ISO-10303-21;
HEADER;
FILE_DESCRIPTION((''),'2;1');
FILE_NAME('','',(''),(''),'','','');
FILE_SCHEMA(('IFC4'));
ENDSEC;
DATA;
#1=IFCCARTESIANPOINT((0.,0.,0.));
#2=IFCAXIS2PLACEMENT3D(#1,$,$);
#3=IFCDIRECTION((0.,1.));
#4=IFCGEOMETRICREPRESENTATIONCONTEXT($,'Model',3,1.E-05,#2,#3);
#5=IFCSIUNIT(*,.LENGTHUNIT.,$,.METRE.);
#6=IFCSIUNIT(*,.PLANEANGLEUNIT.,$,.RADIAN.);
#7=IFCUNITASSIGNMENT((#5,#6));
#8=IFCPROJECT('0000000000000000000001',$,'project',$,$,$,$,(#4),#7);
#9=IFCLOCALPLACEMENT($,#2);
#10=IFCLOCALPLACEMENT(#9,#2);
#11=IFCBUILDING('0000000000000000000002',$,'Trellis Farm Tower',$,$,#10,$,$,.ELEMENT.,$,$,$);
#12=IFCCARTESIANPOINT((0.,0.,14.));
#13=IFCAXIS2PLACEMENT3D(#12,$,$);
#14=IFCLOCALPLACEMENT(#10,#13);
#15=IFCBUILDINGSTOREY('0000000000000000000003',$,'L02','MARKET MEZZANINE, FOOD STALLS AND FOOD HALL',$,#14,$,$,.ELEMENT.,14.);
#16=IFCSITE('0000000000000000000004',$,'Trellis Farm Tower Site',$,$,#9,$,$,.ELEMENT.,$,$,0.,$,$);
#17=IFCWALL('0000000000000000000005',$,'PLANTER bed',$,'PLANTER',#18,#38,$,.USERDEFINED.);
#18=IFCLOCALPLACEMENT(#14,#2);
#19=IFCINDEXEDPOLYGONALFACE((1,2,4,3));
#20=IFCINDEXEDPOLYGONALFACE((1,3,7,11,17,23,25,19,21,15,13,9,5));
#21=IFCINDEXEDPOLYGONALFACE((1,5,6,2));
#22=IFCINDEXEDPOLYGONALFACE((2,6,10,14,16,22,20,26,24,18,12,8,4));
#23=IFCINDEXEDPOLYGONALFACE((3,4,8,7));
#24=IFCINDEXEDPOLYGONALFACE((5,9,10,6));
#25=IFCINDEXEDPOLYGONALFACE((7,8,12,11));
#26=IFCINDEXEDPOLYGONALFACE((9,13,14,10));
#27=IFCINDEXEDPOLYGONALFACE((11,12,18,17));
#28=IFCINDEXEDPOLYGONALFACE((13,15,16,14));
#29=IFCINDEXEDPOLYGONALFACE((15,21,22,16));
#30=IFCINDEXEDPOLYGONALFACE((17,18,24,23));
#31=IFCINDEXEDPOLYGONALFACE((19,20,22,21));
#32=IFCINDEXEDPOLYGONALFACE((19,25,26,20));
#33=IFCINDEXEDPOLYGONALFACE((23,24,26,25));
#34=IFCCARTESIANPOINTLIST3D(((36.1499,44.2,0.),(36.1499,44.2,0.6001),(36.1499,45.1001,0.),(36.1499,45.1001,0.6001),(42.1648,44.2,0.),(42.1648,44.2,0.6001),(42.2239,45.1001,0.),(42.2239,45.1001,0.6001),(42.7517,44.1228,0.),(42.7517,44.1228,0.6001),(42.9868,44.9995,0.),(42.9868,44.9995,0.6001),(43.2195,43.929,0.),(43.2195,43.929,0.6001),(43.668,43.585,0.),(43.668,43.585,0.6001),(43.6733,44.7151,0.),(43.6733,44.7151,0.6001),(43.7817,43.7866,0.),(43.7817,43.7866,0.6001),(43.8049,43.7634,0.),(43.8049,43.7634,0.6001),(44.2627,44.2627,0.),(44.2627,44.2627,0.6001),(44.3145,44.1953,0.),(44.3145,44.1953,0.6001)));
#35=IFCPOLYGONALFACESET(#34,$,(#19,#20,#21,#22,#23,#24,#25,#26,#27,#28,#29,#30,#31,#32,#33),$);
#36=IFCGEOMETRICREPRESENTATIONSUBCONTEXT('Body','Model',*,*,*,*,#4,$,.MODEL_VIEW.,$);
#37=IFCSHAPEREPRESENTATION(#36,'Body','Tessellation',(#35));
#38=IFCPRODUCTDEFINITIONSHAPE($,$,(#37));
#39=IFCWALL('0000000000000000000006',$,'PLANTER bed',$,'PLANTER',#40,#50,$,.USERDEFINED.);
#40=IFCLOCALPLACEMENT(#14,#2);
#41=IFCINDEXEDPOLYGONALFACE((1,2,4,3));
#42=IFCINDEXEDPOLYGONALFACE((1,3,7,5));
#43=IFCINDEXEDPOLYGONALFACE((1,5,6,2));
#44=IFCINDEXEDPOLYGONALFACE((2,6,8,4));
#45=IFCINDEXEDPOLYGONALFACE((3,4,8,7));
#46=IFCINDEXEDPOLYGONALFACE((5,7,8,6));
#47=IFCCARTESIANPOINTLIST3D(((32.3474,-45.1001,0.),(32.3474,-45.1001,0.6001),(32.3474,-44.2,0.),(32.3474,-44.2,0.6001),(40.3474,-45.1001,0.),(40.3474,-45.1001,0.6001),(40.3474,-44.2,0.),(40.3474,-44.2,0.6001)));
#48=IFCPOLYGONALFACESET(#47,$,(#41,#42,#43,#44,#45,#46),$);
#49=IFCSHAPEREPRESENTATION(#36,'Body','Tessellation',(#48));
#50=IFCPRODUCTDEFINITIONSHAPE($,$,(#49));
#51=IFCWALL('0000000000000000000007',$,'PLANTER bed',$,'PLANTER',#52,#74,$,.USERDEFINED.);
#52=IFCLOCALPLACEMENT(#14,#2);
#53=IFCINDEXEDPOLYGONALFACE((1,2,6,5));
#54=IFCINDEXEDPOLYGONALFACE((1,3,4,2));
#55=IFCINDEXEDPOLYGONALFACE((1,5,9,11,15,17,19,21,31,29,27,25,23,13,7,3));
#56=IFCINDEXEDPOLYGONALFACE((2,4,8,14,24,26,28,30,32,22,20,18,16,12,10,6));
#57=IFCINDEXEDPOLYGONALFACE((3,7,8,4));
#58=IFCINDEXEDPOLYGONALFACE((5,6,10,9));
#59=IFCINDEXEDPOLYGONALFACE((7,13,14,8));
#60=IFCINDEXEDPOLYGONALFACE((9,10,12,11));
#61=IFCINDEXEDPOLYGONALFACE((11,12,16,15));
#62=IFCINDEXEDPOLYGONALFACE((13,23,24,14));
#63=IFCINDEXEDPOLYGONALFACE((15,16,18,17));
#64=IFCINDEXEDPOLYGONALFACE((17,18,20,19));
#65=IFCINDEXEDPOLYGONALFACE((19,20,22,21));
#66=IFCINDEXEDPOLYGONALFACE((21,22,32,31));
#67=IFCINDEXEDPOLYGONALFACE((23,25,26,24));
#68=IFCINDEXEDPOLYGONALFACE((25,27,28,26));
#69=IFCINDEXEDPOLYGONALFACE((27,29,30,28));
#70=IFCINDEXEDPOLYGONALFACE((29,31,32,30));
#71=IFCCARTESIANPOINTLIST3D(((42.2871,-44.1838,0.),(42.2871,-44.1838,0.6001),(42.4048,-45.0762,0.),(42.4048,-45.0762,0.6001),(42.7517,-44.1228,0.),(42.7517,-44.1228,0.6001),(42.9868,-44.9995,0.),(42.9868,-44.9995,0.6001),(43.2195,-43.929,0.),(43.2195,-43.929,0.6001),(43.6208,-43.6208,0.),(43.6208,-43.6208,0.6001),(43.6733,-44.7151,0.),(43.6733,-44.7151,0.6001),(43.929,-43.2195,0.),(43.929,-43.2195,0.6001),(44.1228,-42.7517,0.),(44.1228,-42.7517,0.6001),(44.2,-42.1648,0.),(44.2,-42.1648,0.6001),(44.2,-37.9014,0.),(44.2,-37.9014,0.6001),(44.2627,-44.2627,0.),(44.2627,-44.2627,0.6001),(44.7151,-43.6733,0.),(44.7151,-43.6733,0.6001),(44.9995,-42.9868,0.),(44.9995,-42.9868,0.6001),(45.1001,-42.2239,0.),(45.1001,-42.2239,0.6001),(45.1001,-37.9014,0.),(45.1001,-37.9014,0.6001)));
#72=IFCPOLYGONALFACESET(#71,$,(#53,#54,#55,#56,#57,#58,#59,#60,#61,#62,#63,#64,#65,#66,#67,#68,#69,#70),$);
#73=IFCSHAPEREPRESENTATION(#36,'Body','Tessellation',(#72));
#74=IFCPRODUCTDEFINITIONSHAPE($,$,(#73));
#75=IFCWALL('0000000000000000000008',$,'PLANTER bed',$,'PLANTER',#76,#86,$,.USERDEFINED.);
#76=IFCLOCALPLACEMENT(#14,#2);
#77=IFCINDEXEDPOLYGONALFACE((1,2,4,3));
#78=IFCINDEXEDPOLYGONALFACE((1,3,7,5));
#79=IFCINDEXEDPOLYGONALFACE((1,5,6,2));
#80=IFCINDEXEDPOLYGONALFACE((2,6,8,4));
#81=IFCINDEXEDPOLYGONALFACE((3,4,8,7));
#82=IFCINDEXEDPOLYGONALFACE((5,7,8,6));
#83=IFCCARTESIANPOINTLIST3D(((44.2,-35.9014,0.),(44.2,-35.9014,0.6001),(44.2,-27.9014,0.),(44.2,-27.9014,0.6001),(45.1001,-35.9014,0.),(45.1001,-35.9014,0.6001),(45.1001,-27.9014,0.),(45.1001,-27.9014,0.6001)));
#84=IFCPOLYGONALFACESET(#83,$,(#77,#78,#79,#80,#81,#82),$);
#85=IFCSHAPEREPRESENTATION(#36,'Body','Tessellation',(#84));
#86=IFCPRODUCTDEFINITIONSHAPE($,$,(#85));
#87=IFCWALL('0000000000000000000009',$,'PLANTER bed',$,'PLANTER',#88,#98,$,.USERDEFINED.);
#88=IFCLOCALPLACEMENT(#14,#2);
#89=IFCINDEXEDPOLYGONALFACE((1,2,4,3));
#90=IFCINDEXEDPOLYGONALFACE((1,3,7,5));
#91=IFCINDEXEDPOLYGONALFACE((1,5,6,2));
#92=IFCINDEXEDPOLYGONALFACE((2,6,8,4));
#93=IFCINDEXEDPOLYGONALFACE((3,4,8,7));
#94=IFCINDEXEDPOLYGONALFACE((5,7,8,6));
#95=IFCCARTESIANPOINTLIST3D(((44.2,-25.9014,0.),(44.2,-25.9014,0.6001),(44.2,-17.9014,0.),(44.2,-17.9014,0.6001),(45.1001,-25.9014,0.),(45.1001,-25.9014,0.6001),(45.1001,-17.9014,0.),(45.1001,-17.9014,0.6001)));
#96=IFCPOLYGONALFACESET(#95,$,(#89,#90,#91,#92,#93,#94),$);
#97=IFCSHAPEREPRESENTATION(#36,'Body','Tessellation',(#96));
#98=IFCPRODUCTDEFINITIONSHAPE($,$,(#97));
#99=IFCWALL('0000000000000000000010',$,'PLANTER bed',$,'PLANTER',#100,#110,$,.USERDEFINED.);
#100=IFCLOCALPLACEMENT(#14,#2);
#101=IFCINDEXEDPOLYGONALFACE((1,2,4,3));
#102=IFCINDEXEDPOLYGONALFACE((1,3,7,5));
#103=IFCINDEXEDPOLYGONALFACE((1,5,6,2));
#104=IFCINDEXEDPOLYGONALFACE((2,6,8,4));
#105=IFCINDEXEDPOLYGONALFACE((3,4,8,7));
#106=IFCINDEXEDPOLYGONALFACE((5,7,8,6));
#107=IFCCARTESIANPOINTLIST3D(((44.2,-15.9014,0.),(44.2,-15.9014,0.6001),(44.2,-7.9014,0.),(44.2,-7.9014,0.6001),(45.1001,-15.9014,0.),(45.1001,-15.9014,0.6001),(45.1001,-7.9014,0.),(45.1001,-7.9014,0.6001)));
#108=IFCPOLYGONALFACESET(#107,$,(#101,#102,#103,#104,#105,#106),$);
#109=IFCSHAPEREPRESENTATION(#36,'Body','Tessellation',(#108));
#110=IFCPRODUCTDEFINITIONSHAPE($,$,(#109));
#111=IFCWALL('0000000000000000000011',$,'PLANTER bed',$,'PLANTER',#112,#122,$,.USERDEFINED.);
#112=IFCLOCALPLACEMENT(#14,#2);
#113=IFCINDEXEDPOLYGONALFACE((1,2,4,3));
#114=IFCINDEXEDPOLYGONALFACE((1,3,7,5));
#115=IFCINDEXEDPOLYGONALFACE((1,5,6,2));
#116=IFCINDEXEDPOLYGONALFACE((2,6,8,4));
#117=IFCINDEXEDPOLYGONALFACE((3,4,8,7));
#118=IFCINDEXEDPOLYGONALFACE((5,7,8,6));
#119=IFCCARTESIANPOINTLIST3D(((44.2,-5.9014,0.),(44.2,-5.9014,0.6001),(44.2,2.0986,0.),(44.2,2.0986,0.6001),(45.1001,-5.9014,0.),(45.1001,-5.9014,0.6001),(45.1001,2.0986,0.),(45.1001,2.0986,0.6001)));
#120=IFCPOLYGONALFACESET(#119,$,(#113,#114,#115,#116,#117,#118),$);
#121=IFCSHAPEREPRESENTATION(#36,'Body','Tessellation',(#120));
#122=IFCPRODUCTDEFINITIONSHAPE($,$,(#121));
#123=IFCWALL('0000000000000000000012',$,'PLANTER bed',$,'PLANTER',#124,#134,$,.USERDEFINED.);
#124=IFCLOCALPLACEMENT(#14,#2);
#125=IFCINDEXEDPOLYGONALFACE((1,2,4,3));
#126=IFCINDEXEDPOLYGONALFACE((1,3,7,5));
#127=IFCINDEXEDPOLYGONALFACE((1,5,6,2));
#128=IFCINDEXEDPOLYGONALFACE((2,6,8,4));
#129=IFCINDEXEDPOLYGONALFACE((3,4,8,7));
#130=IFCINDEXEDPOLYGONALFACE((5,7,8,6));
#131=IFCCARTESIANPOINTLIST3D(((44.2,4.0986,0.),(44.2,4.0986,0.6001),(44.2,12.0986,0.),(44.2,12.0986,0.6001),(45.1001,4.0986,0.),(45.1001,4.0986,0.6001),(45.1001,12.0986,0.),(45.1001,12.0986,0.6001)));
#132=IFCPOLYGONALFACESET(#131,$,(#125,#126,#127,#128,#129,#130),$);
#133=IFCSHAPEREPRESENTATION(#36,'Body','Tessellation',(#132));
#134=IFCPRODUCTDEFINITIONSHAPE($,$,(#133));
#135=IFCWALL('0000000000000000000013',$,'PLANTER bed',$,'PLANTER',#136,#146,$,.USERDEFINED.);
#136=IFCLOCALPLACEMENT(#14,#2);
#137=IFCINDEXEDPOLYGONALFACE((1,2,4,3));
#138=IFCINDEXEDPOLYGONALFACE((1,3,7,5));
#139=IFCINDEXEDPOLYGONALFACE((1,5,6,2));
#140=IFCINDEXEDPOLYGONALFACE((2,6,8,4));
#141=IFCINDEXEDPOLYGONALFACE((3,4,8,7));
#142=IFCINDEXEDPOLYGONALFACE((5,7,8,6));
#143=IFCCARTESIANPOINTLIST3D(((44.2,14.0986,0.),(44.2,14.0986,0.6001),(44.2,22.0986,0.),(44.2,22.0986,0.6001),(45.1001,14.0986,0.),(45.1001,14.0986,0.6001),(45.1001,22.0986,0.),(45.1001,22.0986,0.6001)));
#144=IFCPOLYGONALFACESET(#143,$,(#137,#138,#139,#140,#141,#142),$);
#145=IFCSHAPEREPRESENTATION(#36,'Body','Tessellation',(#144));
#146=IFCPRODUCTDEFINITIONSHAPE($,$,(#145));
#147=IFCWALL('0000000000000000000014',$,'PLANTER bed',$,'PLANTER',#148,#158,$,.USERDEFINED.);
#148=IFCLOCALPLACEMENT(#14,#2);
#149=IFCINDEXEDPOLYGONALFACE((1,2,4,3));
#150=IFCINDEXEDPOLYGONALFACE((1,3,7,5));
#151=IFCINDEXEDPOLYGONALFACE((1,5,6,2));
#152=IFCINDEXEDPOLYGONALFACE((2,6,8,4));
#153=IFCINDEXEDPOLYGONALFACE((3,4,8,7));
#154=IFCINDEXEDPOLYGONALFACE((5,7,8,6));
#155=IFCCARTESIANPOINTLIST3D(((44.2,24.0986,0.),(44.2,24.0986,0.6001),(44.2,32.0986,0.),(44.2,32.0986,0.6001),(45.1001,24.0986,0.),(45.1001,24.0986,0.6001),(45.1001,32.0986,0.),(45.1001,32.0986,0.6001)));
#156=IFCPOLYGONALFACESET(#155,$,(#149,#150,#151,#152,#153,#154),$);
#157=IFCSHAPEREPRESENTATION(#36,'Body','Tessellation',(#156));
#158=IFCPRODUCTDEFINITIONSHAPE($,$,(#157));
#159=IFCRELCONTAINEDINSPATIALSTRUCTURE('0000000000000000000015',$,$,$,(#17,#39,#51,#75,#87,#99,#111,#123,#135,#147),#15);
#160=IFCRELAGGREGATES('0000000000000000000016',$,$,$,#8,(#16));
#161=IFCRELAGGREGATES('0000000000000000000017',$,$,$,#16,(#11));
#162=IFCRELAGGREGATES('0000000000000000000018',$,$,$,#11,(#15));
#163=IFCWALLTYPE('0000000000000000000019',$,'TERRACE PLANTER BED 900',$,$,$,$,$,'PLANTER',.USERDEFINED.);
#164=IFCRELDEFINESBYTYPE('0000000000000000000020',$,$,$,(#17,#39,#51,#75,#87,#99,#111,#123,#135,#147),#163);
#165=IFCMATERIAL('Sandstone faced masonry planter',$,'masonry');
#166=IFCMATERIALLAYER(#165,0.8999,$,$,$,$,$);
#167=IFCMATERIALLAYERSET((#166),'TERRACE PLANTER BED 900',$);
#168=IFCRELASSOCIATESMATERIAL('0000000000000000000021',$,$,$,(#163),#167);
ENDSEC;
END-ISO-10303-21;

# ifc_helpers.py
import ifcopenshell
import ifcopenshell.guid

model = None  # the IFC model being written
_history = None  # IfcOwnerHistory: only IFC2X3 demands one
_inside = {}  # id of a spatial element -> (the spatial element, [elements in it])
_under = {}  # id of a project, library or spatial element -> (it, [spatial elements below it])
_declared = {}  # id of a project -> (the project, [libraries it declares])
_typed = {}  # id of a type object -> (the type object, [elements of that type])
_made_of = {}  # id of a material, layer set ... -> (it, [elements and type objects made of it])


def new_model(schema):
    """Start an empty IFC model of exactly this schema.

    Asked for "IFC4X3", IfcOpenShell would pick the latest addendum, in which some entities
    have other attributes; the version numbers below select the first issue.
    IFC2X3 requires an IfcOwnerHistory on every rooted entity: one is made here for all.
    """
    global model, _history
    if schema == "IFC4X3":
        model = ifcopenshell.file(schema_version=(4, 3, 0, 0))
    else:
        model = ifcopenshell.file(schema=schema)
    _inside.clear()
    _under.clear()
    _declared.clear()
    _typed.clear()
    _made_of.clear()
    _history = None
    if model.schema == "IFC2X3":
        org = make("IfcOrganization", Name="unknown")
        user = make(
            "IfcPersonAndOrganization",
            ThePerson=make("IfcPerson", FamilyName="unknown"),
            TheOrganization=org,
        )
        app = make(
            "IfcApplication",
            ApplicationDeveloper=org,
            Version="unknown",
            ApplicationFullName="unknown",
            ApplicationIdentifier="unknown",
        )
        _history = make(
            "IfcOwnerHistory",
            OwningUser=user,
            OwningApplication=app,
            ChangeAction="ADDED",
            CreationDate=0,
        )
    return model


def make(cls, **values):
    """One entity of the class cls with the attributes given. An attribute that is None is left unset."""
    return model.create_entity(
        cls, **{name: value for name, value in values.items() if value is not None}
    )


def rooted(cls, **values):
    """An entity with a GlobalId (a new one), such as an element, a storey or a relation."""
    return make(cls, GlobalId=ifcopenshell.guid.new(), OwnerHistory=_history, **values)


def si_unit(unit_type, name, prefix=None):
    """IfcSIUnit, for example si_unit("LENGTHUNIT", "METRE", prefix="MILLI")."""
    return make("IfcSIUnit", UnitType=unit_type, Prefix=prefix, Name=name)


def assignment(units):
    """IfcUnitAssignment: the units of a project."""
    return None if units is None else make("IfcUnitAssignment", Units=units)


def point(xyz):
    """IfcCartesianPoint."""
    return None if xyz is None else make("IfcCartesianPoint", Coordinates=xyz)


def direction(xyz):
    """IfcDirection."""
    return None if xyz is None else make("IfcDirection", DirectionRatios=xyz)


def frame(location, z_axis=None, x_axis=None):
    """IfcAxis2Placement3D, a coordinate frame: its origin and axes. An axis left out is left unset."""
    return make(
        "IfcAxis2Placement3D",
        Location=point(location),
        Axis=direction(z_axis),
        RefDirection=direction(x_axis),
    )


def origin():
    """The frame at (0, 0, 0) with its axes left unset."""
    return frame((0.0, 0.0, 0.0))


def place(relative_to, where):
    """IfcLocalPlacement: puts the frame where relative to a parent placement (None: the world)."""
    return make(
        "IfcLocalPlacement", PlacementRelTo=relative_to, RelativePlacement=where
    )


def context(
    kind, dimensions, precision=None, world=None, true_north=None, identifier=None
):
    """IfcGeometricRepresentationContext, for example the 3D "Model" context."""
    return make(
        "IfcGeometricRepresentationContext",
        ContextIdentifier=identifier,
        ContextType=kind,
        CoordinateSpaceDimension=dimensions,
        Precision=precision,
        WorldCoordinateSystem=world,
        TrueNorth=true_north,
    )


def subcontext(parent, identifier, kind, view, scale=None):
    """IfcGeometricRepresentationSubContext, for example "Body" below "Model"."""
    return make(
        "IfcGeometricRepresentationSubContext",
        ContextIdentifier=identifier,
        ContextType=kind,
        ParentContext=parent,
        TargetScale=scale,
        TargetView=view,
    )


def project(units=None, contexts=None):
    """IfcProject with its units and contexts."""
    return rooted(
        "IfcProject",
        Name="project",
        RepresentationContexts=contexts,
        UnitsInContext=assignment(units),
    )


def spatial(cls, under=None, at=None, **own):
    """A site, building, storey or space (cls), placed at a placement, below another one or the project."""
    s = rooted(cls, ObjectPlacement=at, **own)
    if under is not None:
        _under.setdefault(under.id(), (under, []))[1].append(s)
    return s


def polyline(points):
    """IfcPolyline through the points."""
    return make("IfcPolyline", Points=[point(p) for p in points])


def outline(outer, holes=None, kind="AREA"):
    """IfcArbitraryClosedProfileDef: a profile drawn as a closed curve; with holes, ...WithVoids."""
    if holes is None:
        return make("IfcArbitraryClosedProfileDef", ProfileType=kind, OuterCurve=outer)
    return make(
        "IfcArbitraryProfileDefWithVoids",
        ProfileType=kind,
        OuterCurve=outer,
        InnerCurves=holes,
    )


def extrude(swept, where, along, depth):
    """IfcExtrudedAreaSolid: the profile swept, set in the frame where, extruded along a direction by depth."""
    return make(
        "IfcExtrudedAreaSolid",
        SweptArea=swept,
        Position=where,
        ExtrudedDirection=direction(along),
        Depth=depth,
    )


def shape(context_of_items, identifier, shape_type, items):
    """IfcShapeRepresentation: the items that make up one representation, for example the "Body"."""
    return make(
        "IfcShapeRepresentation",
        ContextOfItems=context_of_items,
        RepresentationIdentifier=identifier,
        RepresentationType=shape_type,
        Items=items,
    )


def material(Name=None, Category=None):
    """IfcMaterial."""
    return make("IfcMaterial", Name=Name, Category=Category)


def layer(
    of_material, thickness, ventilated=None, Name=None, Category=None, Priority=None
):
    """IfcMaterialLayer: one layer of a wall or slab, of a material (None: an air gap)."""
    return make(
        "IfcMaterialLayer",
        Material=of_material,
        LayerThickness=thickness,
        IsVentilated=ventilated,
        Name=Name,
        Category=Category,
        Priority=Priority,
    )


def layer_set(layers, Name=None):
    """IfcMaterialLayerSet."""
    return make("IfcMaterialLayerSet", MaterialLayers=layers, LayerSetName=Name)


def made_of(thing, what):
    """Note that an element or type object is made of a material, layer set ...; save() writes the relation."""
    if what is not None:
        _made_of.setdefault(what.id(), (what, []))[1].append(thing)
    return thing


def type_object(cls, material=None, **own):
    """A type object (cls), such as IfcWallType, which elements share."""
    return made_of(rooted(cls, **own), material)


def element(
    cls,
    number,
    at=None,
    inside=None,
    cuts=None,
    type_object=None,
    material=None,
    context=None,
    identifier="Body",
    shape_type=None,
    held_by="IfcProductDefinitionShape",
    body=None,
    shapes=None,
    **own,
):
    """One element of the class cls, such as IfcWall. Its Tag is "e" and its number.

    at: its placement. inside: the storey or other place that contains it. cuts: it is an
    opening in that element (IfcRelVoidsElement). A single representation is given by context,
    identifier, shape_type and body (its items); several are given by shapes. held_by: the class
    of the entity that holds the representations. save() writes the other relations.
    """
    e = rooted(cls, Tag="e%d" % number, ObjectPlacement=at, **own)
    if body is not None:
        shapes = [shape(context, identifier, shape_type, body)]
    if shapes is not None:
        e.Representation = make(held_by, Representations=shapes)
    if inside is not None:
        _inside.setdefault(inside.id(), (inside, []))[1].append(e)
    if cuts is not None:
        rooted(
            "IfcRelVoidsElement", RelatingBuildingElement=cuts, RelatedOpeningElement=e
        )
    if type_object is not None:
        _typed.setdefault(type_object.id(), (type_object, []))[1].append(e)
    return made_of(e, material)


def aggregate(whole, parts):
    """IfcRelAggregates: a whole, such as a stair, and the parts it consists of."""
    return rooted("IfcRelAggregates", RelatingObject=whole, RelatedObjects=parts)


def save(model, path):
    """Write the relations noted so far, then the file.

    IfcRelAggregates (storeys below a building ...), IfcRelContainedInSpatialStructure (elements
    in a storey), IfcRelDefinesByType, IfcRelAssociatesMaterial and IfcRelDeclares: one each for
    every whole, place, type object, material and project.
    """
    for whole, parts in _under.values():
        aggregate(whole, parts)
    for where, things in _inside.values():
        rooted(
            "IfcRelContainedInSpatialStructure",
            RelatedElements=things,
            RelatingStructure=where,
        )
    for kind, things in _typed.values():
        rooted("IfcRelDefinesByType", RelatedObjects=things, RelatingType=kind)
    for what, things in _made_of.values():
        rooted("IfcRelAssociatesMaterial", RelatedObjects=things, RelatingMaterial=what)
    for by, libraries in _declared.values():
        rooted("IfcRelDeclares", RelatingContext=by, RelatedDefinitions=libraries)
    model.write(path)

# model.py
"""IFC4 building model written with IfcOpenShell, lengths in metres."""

from ifc_helpers import new_model, si_unit, direction, frame, origin, place, context, subcontext, project, spatial, polyline, outline, extrude, material, layer, layer_set, type_object, element, save


model = new_model("IFC4")

# Units and contexts
model_context = context("Model", 3, precision=1e-05, world=origin(), true_north=direction((0.0, 1.0)))
body_context = subcontext(model_context, "Body", "Model", "MODEL_VIEW")
ifc_project = project(units=[si_unit("LENGTHUNIT", "METRE"), si_unit("PLANEANGLEUNIT", "RADIAN")], contexts=[model_context])

# Site, building, storey
site_placement = place(None, origin())
site = spatial("IfcSite", under=ifc_project, at=site_placement, Name="Trellis Farm Tower Site", CompositionType="ELEMENT", RefElevation=0.0)
building_placement = place(site_placement, origin())
building = spatial("IfcBuilding", under=site, at=building_placement, Name="Trellis Farm Tower", CompositionType="ELEMENT")
storey_placement = place(building_placement, frame((0.0, 0.0, 14.0)))
storey = spatial("IfcBuildingStorey", under=building, at=storey_placement, Name="L02", Description="MARKET MEZZANINE, FOOD STALLS AND FOOD HALL", CompositionType="ELEMENT", Elevation=14.0)

# Walls
ifc_material = material(Name="Sandstone faced masonry planter", Category="masonry")
ifc_layer = layer(ifc_material, 0.8999)
ifc_layer_set = layer_set([ifc_layer], Name="TERRACE PLANTER BED 900")
wall_type = type_object("IfcWallType", Name="TERRACE PLANTER BED 900", ElementType="PLANTER", PredefinedType="USERDEFINED", material=ifc_layer_set)
placement = place(storey_placement, origin())
element("IfcWall", 1, at=placement, inside=storey, type_object=wall_type, Name="PLANTER bed", ObjectType="PLANTER", PredefinedType="USERDEFINED", context=body_context, shape_type="SweptSolid", body=[
    extrude(outline(polyline([(42.9868, 44.9995), (43.6733, 44.7151), (44.2627, 44.2627), (44.3145, 44.1953), (43.7817, 43.7866), (43.8049, 43.7634), (43.668, 43.585), (43.2195, 43.929), (42.7517, 44.1228), (42.1648, 44.2), (36.1499, 44.2), (36.1499, 45.1001), (42.2239, 45.1001), (42.9868, 44.9995)])), origin(), (0.0, 0.0, 1.0), 0.6001),
])
element("IfcWall", 2, at=placement, inside=storey, type_object=wall_type, Name="PLANTER bed", ObjectType="PLANTER", PredefinedType="USERDEFINED", context=body_context, shape_type="SweptSolid", body=[
    extrude(outline(polyline([(32.3474, -44.2), (40.3474, -44.2), (40.3474, -45.1001), (32.3474, -45.1001), (32.3474, -44.2)])), origin(), (0.0, 0.0, 1.0), 0.6001),
])
element("IfcWall", 3, at=placement, inside=storey, type_object=wall_type, Name="PLANTER bed", ObjectType="PLANTER", PredefinedType="USERDEFINED", context=body_context, shape_type="SweptSolid", body=[
    extrude(outline(polyline([(44.9995, -42.9868), (44.7151, -43.6733), (44.2627, -44.2627), (43.6733, -44.7151), (42.9868, -44.9995), (42.4048, -45.0762), (42.2871, -44.1838), (42.7517, -44.1228), (43.2195, -43.929), (43.6208, -43.6208), (43.929, -43.2195), (44.1228, -42.7517), (44.2, -42.1648), (44.2, -37.9014), (45.1001, -37.9014), (45.1001, -42.2239), (44.9995, -42.9868)])), origin(), (0.0, 0.0, 1.0), 0.6001),
])
element("IfcWall", 4, at=placement, inside=storey, type_object=wall_type, Name="PLANTER bed", ObjectType="PLANTER", PredefinedType="USERDEFINED", context=body_context, shape_type="SweptSolid", body=[
    extrude(outline(polyline([(44.2, -35.9014), (44.2, -27.9014), (45.1001, -27.9014), (45.1001, -35.9014), (44.2, -35.9014)])), origin(), (0.0, 0.0, 1.0), 0.6001),
])
element("IfcWall", 5, at=placement, inside=storey, type_object=wall_type, Name="PLANTER bed", ObjectType="PLANTER", PredefinedType="USERDEFINED", context=body_context, shape_type="SweptSolid", body=[
    extrude(outline(polyline([(44.2, -25.9014), (44.2, -17.9014), (45.1001, -17.9014), (45.1001, -25.9014), (44.2, -25.9014)])), origin(), (0.0, 0.0, 1.0), 0.6001),
])
element("IfcWall", 6, at=placement, inside=storey, type_object=wall_type, Name="PLANTER bed", ObjectType="PLANTER", PredefinedType="USERDEFINED", context=body_context, shape_type="SweptSolid", body=[
    extrude(outline(polyline([(44.2, -15.9014), (44.2, -7.9014), (45.1001, -7.9014), (45.1001, -15.9014), (44.2, -15.9014)])), origin(), (0.0, 0.0, 1.0), 0.6001),
])
element("IfcWall", 7, at=placement, inside=storey, type_object=wall_type, Name="PLANTER bed", ObjectType="PLANTER", PredefinedType="USERDEFINED", context=body_context, shape_type="SweptSolid", body=[
    extrude(outline(polyline([(44.2, -5.9014), (44.2, 2.0986), (45.1001, 2.0986), (45.1001, -5.9014), (44.2, -5.9014)])), origin(), (0.0, 0.0, 1.0), 0.6001),
])
element("IfcWall", 8, at=placement, inside=storey, type_object=wall_type, Name="PLANTER bed", ObjectType="PLANTER", PredefinedType="USERDEFINED", context=body_context, shape_type="SweptSolid", body=[
    extrude(outline(polyline([(44.2, 4.0986), (44.2, 12.0986), (45.1001, 12.0986), (45.1001, 4.0986), (44.2, 4.0986)])), origin(), (0.0, 0.0, 1.0), 0.6001),
])
element("IfcWall", 9, at=placement, inside=storey, type_object=wall_type, Name="PLANTER bed", ObjectType="PLANTER", PredefinedType="USERDEFINED", context=body_context, shape_type="SweptSolid", body=[
    extrude(outline(polyline([(44.2, 14.0986), (44.2, 22.0986), (45.1001, 22.0986), (45.1001, 14.0986), (44.2, 14.0986)])), origin(), (0.0, 0.0, 1.0), 0.6001),
])
element("IfcWall", 10, at=placement, inside=storey, type_object=wall_type, Name="PLANTER bed", ObjectType="PLANTER", PredefinedType="USERDEFINED", context=body_context, shape_type="SweptSolid", body=[
    extrude(outline(polyline([(44.2, 24.0986), (44.2, 32.0986), (45.1001, 32.0986), (45.1001, 24.0986), (44.2, 24.0986)])), origin(), (0.0, 0.0, 1.0), 0.6001),
])

save(model, "model.ifc")
